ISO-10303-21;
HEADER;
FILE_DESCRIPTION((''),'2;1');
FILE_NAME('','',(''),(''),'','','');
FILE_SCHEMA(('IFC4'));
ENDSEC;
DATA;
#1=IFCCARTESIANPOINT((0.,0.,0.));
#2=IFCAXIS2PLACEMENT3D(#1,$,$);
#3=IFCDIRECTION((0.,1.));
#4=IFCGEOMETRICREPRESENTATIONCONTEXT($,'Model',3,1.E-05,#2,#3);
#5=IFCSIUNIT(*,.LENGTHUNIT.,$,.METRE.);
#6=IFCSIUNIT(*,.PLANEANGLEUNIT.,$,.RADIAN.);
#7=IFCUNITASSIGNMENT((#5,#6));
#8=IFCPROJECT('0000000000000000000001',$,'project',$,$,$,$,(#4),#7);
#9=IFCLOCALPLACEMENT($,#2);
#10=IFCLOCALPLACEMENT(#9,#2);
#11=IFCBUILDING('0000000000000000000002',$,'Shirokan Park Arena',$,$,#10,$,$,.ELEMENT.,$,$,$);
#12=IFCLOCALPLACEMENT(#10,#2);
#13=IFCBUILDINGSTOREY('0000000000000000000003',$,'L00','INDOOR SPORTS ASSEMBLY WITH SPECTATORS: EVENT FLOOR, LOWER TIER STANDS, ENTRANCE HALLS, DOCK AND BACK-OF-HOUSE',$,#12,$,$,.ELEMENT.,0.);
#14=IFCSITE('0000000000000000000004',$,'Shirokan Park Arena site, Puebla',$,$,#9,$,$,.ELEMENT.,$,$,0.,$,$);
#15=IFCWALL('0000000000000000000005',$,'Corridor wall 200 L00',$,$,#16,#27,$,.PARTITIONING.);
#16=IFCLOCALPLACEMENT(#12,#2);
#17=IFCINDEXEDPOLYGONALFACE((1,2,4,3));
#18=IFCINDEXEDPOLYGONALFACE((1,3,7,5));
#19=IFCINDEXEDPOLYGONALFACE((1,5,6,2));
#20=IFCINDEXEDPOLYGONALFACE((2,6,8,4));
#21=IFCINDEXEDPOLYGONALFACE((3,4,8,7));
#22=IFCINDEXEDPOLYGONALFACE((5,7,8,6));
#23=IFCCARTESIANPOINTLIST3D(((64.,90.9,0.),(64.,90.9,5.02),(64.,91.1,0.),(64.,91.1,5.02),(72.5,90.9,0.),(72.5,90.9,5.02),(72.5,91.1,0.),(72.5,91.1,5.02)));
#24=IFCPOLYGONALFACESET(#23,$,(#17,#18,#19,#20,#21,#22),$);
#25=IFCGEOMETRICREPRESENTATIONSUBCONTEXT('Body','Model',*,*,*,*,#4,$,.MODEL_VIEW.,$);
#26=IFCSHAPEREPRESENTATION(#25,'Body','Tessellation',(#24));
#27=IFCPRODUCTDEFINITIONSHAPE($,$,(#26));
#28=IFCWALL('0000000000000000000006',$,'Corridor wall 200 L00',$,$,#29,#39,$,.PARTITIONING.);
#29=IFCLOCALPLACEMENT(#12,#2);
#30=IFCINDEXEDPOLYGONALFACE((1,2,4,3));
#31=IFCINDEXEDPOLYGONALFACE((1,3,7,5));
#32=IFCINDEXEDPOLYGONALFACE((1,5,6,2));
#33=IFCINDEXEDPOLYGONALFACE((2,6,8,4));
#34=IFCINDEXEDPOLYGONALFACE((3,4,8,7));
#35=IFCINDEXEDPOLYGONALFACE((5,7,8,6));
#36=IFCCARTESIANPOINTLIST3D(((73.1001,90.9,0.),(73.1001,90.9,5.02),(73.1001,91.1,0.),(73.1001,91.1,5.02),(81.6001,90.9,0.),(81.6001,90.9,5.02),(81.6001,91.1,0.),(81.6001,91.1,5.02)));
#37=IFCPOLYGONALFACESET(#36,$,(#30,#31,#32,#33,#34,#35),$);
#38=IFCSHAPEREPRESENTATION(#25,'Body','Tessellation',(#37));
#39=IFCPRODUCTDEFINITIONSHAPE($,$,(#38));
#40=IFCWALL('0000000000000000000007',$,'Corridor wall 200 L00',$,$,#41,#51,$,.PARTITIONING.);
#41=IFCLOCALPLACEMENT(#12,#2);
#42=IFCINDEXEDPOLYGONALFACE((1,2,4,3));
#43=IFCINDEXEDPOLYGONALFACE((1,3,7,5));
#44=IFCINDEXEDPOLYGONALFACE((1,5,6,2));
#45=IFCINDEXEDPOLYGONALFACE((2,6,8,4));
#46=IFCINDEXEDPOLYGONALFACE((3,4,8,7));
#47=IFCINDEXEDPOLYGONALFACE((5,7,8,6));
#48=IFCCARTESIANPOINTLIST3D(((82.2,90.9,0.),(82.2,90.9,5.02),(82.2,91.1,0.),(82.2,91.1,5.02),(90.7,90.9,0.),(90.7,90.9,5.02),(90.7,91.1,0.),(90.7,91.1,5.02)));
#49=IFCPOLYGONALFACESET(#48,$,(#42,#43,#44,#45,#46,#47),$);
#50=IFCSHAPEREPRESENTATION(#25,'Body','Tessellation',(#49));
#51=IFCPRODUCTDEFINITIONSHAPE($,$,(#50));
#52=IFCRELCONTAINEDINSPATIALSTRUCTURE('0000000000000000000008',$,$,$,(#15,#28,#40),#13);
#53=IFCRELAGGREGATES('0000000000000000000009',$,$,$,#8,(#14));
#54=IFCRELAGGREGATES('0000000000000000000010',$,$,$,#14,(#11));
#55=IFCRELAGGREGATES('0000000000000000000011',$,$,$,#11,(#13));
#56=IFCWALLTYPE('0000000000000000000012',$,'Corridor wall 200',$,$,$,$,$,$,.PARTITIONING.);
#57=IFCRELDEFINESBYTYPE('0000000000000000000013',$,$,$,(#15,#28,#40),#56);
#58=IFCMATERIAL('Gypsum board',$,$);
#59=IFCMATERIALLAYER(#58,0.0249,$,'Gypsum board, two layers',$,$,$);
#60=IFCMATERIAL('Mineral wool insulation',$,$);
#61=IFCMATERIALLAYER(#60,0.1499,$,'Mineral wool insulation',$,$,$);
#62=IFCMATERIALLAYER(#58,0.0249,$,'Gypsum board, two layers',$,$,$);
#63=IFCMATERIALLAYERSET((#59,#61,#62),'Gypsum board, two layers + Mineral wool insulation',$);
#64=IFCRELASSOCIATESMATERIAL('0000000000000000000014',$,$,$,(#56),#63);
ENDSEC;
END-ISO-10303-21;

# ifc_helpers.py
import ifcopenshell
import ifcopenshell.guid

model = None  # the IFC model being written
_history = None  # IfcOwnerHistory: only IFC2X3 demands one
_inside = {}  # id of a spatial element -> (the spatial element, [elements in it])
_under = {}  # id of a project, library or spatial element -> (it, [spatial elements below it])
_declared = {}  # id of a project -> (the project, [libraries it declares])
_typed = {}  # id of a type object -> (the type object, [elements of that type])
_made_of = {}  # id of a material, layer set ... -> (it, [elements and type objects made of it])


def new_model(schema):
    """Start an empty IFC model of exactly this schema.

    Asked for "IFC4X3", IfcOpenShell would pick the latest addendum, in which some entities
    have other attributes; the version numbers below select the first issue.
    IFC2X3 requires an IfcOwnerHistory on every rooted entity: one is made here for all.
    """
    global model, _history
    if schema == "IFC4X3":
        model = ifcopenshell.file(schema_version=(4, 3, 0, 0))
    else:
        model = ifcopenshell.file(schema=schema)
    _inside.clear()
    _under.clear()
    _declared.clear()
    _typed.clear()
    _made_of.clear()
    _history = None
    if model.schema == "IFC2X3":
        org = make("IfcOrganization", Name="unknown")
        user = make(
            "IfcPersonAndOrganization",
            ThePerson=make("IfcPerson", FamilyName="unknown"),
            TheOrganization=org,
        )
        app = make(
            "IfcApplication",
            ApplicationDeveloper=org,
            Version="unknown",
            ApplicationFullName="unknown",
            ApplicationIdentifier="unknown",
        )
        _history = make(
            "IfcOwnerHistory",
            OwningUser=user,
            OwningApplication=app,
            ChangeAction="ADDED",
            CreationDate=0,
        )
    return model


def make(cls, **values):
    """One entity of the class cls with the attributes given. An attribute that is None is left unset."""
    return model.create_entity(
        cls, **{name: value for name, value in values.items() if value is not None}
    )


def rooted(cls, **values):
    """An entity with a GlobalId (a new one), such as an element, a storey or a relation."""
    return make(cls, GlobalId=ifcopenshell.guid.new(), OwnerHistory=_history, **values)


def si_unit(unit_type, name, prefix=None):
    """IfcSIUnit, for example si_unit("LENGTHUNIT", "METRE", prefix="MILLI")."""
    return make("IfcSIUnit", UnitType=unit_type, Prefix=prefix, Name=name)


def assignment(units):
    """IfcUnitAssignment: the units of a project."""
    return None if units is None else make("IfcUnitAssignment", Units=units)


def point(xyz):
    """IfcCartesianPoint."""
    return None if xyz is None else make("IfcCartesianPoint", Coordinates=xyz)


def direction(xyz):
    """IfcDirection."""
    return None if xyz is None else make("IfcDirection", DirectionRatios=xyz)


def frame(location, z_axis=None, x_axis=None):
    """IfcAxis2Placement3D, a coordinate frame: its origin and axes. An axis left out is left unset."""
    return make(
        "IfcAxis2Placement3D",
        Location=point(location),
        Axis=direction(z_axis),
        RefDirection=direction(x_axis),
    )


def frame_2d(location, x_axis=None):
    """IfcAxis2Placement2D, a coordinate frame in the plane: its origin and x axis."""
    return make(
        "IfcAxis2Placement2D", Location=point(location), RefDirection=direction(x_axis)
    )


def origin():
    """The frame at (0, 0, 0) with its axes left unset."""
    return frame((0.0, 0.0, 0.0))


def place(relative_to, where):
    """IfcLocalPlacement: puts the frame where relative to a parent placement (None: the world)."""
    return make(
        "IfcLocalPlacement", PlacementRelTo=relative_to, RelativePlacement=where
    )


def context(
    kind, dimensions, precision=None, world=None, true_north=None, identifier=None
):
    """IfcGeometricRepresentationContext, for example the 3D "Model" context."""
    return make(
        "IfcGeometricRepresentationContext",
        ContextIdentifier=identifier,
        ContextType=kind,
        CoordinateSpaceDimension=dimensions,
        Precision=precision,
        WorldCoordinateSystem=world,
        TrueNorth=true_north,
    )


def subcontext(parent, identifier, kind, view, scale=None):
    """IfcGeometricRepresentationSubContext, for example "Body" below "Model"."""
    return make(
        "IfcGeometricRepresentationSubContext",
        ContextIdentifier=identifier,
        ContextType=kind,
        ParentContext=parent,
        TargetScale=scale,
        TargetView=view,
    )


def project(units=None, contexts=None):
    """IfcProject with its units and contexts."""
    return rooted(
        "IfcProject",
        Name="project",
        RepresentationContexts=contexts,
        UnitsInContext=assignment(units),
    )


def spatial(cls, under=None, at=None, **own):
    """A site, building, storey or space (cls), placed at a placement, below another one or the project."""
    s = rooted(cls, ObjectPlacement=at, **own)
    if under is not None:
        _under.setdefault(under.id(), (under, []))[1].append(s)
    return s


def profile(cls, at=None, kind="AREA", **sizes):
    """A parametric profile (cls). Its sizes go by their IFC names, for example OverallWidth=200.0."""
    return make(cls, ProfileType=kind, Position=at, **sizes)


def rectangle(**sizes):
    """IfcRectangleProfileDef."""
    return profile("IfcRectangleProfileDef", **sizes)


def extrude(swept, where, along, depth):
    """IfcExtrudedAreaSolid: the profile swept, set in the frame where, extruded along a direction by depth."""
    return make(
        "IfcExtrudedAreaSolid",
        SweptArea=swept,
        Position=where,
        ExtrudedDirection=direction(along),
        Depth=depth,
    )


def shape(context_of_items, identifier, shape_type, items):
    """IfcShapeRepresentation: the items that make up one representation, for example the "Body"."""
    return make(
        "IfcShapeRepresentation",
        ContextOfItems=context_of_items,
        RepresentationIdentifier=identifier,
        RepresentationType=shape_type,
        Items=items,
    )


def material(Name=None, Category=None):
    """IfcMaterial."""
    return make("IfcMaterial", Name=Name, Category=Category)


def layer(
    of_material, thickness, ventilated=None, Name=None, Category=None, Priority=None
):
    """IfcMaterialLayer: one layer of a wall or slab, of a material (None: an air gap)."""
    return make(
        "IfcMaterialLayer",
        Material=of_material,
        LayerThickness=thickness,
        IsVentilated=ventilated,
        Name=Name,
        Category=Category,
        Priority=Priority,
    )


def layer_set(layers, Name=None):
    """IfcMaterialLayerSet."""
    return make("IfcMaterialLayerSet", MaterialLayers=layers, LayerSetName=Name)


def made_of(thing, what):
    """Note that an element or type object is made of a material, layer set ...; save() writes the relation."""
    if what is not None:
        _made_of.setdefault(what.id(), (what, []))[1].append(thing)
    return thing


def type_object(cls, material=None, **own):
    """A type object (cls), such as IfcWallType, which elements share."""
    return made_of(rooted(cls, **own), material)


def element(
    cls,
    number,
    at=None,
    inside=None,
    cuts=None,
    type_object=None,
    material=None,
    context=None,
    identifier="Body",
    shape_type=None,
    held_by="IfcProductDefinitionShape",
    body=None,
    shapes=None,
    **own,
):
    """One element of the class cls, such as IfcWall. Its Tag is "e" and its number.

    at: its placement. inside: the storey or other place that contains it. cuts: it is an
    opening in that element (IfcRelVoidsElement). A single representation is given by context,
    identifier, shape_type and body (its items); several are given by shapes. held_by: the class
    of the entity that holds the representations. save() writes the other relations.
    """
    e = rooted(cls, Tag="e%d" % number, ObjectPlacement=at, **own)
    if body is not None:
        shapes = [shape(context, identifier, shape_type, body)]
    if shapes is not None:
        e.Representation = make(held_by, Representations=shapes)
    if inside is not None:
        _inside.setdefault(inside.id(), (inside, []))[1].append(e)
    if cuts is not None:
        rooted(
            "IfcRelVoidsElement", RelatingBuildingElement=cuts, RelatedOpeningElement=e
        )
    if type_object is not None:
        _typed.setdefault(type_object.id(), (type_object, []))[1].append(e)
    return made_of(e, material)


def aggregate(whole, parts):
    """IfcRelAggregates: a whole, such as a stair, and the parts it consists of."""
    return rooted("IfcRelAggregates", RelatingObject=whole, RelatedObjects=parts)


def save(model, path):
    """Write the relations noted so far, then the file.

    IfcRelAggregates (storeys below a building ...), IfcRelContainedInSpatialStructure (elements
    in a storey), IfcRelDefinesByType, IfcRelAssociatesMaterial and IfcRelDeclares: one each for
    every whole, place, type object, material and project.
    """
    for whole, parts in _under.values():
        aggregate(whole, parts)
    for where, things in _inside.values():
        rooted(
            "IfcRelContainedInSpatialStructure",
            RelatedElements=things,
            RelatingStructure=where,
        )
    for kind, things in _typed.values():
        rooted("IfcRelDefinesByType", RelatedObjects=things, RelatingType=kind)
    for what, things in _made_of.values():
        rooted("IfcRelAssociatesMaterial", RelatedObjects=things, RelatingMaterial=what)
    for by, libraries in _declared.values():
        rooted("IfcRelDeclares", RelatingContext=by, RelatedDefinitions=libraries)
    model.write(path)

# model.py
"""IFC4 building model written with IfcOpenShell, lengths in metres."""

from ifc_helpers import new_model, si_unit, direction, frame, frame_2d, origin, place, context, subcontext, project, spatial, rectangle, extrude, material, layer, layer_set, type_object, element, save


model = new_model("IFC4")

# Units and contexts
model_context = context("Model", 3, precision=1e-05, world=origin(), true_north=direction((0.0, 1.0)))
body_context = subcontext(model_context, "Body", "Model", "MODEL_VIEW")
ifc_project = project(units=[si_unit("LENGTHUNIT", "METRE"), si_unit("PLANEANGLEUNIT", "RADIAN")], contexts=[model_context])

# Site, building, storey
site_placement = place(None, origin())
site = spatial("IfcSite", under=ifc_project, at=site_placement, Name="Shirokan Park Arena site, Puebla", CompositionType="ELEMENT", RefElevation=0.0)
building_placement = place(site_placement, origin())
building = spatial("IfcBuilding", under=site, at=building_placement, Name="Shirokan Park Arena", CompositionType="ELEMENT")
storey_placement = place(building_placement, origin())
storey = spatial("IfcBuildingStorey", under=building, at=storey_placement, Name="L00", Description="INDOOR SPORTS ASSEMBLY WITH SPECTATORS: EVENT FLOOR, LOWER TIER STANDS, ENTRANCE HALLS, DOCK AND BACK-OF-HOUSE", CompositionType="ELEMENT", Elevation=0.0)

# Walls
ifc_material_1 = material(Name="Gypsum board")
ifc_layer_1 = layer(ifc_material_1, 0.0249, Name="Gypsum board, two layers")
ifc_material_2 = material(Name="Mineral wool insulation")
ifc_layer_2 = layer(ifc_material_2, 0.1499, Name="Mineral wool insulation")
ifc_layer_3 = layer(ifc_material_1, 0.0249, Name="Gypsum board, two layers")
ifc_layer_set = layer_set([ifc_layer_1, ifc_layer_2, ifc_layer_3], Name="Gypsum board, two layers + Mineral wool insulation")
wall_type = type_object("IfcWallType", Name="Corridor wall 200", PredefinedType="PARTITIONING", material=ifc_layer_set)
for number, where, z_axis, x_axis, name in (
    (1, (72.5, 91.0, 0.0), (0.0, 0.0, 1.0), (-1.0, 0.0, 0.0), "Corridor wall 200 L00"),
    (2, (81.6001, 91.0, 0.0), (0.0, 0.0, 1.0), (-1.0, 0.0, 0.0), "Corridor wall 200 L00"),
    (3, (82.2, 91.0, 0.0), (0.0, 0.0, 1.0), (1.0, 0.0, 0.0), "Corridor wall 200 L00"),
):
    element("IfcWall", number, at=place(storey_placement, frame(where, z_axis=z_axis, x_axis=x_axis)), inside=storey, type_object=wall_type, Name=name, PredefinedType="PARTITIONING", context=body_context, shape_type="SweptSolid", body=[
        extrude(rectangle(XDim=8.5, YDim=0.2, at=frame_2d((4.25, 0.0))), origin(), (0.0, 0.0, 1.0), 5.02),
    ])

save(model, "model.ifc")
